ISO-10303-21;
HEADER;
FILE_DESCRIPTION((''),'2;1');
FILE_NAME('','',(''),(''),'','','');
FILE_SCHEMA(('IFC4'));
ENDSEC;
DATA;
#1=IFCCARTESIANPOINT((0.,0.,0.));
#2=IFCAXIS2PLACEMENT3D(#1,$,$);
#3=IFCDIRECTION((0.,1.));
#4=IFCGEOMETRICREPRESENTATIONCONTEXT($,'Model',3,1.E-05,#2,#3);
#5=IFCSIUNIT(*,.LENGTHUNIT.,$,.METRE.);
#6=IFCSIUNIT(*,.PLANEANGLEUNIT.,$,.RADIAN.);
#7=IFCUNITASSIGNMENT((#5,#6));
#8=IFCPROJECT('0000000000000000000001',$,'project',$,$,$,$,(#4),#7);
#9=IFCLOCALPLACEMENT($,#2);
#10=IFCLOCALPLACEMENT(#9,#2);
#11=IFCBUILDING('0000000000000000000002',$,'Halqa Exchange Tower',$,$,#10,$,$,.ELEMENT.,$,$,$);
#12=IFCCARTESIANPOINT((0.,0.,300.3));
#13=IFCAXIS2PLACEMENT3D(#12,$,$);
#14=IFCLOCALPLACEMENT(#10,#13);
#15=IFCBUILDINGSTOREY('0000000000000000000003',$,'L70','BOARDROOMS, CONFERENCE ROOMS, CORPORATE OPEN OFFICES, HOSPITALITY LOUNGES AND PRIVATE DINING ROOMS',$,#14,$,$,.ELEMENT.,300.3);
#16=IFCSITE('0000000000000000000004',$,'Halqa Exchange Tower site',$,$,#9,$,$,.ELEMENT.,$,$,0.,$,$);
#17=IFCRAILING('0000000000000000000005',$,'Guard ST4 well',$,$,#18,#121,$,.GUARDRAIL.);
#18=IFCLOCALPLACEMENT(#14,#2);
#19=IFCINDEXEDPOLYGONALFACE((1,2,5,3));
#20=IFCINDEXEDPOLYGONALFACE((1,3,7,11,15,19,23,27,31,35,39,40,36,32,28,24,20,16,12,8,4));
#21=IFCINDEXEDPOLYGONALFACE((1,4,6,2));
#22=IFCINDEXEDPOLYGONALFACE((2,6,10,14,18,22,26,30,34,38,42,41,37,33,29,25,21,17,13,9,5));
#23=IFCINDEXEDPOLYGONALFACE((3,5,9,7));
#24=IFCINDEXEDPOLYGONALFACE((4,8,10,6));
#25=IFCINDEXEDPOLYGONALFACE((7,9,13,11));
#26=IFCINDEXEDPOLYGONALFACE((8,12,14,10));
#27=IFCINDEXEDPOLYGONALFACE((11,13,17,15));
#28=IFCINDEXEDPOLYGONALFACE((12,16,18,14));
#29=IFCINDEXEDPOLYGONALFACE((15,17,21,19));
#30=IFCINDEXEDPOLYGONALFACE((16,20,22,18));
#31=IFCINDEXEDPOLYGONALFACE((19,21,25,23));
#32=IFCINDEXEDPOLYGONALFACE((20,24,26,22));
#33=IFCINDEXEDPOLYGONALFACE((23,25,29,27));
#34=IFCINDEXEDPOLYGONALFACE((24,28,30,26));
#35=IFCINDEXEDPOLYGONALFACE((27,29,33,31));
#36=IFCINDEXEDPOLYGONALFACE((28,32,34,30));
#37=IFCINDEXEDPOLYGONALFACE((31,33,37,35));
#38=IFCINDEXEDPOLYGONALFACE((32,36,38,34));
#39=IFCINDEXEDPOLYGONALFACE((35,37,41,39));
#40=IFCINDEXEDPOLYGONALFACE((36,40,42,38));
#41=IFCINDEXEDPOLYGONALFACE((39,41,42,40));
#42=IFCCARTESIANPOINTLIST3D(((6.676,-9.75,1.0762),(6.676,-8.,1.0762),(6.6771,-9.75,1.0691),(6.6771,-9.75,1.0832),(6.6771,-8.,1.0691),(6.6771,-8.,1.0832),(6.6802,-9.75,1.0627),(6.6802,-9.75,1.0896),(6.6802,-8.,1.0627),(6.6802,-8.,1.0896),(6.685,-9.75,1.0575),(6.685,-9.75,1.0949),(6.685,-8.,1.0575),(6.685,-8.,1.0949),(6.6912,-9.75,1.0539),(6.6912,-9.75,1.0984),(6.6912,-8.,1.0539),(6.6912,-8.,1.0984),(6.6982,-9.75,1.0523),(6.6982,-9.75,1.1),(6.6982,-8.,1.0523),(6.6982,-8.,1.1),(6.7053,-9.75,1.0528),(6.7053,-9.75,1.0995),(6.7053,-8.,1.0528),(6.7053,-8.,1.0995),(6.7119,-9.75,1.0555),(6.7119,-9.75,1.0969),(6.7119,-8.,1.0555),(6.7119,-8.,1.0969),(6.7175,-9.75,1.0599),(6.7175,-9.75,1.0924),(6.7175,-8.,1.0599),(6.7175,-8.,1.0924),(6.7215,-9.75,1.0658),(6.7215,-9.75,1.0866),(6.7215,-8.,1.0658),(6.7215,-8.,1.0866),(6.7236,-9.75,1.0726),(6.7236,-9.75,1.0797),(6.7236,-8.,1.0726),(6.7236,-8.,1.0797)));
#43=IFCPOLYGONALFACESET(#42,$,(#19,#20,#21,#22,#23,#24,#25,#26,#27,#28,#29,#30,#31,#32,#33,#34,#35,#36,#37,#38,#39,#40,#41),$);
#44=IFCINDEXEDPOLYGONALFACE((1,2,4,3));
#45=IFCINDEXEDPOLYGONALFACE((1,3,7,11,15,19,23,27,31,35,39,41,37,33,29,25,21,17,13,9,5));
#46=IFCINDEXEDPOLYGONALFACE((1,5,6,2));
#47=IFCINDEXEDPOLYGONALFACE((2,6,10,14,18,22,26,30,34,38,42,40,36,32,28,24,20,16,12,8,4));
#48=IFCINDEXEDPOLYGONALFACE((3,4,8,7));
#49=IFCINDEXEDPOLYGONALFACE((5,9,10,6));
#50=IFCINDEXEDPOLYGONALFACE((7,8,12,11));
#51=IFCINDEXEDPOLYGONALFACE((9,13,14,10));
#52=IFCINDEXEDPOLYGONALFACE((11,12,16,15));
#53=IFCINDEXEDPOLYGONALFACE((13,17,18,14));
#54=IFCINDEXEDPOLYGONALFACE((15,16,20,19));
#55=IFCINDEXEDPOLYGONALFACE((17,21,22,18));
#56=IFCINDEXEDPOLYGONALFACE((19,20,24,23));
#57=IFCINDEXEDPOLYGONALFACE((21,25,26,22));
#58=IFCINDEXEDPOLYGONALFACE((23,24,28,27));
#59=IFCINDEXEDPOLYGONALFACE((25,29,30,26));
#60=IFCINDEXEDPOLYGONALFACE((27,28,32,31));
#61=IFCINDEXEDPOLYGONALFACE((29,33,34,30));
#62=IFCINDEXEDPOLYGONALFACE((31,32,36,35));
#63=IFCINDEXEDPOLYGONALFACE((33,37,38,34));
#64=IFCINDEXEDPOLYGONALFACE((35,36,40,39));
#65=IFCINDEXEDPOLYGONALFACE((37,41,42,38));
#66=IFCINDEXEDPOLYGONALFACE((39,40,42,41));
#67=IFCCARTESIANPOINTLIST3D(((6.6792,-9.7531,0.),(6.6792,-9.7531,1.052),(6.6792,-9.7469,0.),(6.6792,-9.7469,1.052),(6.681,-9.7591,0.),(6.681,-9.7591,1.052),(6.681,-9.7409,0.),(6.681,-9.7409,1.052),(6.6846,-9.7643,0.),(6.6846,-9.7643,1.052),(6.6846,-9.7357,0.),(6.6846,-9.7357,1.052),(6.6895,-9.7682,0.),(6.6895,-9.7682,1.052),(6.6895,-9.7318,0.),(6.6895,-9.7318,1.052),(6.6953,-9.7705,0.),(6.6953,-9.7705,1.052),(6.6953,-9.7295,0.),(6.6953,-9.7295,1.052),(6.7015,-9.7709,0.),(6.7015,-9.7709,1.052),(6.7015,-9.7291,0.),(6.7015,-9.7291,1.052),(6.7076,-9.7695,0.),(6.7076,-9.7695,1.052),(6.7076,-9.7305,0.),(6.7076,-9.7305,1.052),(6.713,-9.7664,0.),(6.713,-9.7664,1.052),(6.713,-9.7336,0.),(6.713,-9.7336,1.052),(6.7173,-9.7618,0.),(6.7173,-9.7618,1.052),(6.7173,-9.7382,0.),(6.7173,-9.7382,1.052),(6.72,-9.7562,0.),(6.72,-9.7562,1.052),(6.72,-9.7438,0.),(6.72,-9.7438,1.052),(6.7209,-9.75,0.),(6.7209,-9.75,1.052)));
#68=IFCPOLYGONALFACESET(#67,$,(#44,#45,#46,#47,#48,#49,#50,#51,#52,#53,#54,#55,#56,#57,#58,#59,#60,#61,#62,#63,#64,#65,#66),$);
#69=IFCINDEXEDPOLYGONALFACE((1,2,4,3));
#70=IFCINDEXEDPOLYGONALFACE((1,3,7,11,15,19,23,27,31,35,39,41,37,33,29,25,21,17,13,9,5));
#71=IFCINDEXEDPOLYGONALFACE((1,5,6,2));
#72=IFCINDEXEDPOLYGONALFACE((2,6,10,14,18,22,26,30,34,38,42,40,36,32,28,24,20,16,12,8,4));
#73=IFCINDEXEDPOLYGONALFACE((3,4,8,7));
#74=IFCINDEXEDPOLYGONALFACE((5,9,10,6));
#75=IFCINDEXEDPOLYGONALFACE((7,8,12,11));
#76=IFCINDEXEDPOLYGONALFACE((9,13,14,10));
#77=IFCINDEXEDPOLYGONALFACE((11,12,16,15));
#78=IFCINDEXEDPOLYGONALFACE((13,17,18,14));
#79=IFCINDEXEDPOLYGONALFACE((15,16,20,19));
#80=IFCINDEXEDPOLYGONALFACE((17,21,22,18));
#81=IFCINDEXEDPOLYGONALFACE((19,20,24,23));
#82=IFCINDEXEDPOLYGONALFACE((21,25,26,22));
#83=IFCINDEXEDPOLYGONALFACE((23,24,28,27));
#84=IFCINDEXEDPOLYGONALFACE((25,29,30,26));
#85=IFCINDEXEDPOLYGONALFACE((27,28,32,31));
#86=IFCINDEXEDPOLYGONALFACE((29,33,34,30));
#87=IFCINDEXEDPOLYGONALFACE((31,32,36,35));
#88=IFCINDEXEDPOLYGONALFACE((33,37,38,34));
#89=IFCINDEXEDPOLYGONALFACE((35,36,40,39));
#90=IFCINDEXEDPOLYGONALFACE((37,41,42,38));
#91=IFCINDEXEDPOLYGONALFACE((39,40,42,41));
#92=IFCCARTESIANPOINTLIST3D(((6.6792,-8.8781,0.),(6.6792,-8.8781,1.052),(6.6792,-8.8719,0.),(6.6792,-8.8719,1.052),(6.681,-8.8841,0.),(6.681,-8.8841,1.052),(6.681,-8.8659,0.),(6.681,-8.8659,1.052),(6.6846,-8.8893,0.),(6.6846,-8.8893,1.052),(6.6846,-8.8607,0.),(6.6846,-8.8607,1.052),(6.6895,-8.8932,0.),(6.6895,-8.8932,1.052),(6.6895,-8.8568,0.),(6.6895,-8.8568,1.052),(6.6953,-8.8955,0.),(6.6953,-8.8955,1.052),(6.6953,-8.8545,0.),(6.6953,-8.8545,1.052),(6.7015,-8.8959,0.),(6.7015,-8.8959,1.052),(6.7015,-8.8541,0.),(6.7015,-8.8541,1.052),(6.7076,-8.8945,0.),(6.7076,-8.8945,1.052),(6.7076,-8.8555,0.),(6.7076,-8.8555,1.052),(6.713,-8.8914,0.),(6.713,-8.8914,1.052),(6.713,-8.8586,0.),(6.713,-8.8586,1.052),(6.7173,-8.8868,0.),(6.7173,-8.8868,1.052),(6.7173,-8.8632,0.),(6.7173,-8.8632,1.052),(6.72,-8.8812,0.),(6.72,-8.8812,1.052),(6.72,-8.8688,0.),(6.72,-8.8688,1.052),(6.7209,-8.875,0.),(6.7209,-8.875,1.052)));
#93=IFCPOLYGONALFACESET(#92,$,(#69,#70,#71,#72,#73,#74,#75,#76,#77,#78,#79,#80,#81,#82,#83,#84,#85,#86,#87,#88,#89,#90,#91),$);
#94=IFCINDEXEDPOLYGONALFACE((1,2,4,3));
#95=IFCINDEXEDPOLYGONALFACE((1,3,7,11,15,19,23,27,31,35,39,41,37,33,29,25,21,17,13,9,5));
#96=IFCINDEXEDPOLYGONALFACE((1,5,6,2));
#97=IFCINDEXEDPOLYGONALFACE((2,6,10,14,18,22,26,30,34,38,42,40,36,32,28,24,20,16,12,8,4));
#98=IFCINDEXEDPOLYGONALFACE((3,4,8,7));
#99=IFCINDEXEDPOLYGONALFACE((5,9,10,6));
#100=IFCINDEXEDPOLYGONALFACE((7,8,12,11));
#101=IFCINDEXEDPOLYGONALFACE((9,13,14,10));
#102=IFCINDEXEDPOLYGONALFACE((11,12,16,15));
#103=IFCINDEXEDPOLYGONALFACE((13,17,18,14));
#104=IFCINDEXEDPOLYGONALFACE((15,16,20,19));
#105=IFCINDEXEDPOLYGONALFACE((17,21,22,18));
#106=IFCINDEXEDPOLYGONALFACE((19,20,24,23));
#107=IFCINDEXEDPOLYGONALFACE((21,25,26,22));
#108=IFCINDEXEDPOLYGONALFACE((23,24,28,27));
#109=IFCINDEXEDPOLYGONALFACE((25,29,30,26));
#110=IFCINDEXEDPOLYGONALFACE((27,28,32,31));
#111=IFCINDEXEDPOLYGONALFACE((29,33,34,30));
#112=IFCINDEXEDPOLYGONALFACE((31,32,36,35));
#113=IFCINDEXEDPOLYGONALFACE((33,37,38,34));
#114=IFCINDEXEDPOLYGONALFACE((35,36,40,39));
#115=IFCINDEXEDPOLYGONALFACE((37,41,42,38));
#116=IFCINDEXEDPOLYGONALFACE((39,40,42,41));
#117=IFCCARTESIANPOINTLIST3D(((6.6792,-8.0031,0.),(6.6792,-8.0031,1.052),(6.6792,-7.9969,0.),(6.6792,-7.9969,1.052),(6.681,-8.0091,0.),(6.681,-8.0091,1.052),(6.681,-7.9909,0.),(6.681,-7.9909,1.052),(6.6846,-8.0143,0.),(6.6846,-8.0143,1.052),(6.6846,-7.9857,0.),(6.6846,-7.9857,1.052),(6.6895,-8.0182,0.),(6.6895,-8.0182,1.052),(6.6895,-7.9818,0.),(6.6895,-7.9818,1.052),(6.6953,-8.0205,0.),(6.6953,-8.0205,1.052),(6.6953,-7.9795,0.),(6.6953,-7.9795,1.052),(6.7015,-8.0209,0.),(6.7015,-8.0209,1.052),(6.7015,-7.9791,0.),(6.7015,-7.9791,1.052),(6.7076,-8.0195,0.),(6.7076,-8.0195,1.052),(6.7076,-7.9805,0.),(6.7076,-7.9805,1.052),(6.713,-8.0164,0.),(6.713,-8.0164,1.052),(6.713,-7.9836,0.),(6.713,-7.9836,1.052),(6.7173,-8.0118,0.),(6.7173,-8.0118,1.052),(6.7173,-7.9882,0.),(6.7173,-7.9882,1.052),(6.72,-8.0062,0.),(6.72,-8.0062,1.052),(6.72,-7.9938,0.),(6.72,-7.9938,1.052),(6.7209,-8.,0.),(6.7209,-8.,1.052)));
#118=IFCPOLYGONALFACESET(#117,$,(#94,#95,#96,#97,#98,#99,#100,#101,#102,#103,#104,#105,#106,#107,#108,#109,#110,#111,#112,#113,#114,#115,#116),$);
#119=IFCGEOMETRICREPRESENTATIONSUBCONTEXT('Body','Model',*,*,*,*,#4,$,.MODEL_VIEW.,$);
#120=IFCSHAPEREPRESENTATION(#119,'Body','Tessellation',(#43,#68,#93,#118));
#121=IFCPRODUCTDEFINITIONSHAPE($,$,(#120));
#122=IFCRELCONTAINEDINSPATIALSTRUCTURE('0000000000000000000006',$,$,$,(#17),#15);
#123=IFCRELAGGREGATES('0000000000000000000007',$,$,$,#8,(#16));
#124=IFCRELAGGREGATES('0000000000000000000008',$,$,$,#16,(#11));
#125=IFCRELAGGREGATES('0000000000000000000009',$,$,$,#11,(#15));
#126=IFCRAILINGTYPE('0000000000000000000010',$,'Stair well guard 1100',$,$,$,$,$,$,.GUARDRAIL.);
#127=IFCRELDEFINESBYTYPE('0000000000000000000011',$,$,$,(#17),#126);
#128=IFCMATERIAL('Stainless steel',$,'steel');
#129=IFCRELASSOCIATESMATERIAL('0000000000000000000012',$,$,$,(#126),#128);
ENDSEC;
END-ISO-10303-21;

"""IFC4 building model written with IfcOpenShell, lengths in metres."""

from ifc_helpers import new_model, si_unit, direction, frame, origin, origin_2d, place, context, subcontext, project, spatial, circle, extrude, material, type_object, element, save


model = new_model("IFC4")

# Units and contexts
model_context = context("Model", 3, precision=1e-05, world=origin(), true_north=direction((0.0, 1.0)))
body_context = subcontext(model_context, "Body", "Model", "MODEL_VIEW")
ifc_project = project(units=[si_unit("LENGTHUNIT", "METRE"), si_unit("PLANEANGLEUNIT", "RADIAN")], contexts=[model_context])

# Site, building, storey
site_placement = place(None, origin())
site = spatial("IfcSite", under=ifc_project, at=site_placement, Name="Halqa Exchange Tower site", CompositionType="ELEMENT", RefElevation=0.0)
building_placement = place(site_placement, origin())
building = spatial("IfcBuilding", under=site, at=building_placement, Name="Halqa Exchange Tower", CompositionType="ELEMENT")
storey_placement = place(building_placement, frame((0.0, 0.0, 300.3)))
storey = spatial("IfcBuildingStorey", under=building, at=storey_placement, Name="L70", Description="BOARDROOMS, CONFERENCE ROOMS, CORPORATE OPEN OFFICES, HOSPITALITY LOUNGES AND PRIVATE DINING ROOMS", CompositionType="ELEMENT", Elevation=300.3)

# Railing
ifc_material_1 = material(Name="Stainless steel", Category="steel")
railing_type_1 = type_object("IfcRailingType", Name="Stair well guard 1100", PredefinedType="GUARDRAIL", material=ifc_material_1)
railing_1_placement = place(storey_placement, frame((6.7, -9.75, 0.0)))
element("IfcRailing", 1, at=railing_1_placement, inside=storey, type_object=railing_type_1, Name="Guard ST4 well", PredefinedType="GUARDRAIL", context=body_context, shape_type="SweptSolid", body=[
    extrude(circle(Radius=0.0239, at=origin_2d()), frame((0.0, 0.0, 1.0762), z_axis=(0.0, 1.0, 0.0), x_axis=(-1.0, 0.0, 0.0)), (0.0, 0.0, 1.0), 1.75),
    extrude(circle(Radius=0.021, at=origin_2d()), origin(), (0.0, 0.0, 1.0), 1.052),
    extrude(circle(Radius=0.021, at=origin_2d()), frame((0.0, 0.875, 0.0)), (0.0, 0.0, 1.0), 1.052),
    extrude(circle(Radius=0.021, at=origin_2d()), frame((0.0, 1.75, 0.0)), (0.0, 0.0, 1.0), 1.052),
])

save(model, "model.ifc")
